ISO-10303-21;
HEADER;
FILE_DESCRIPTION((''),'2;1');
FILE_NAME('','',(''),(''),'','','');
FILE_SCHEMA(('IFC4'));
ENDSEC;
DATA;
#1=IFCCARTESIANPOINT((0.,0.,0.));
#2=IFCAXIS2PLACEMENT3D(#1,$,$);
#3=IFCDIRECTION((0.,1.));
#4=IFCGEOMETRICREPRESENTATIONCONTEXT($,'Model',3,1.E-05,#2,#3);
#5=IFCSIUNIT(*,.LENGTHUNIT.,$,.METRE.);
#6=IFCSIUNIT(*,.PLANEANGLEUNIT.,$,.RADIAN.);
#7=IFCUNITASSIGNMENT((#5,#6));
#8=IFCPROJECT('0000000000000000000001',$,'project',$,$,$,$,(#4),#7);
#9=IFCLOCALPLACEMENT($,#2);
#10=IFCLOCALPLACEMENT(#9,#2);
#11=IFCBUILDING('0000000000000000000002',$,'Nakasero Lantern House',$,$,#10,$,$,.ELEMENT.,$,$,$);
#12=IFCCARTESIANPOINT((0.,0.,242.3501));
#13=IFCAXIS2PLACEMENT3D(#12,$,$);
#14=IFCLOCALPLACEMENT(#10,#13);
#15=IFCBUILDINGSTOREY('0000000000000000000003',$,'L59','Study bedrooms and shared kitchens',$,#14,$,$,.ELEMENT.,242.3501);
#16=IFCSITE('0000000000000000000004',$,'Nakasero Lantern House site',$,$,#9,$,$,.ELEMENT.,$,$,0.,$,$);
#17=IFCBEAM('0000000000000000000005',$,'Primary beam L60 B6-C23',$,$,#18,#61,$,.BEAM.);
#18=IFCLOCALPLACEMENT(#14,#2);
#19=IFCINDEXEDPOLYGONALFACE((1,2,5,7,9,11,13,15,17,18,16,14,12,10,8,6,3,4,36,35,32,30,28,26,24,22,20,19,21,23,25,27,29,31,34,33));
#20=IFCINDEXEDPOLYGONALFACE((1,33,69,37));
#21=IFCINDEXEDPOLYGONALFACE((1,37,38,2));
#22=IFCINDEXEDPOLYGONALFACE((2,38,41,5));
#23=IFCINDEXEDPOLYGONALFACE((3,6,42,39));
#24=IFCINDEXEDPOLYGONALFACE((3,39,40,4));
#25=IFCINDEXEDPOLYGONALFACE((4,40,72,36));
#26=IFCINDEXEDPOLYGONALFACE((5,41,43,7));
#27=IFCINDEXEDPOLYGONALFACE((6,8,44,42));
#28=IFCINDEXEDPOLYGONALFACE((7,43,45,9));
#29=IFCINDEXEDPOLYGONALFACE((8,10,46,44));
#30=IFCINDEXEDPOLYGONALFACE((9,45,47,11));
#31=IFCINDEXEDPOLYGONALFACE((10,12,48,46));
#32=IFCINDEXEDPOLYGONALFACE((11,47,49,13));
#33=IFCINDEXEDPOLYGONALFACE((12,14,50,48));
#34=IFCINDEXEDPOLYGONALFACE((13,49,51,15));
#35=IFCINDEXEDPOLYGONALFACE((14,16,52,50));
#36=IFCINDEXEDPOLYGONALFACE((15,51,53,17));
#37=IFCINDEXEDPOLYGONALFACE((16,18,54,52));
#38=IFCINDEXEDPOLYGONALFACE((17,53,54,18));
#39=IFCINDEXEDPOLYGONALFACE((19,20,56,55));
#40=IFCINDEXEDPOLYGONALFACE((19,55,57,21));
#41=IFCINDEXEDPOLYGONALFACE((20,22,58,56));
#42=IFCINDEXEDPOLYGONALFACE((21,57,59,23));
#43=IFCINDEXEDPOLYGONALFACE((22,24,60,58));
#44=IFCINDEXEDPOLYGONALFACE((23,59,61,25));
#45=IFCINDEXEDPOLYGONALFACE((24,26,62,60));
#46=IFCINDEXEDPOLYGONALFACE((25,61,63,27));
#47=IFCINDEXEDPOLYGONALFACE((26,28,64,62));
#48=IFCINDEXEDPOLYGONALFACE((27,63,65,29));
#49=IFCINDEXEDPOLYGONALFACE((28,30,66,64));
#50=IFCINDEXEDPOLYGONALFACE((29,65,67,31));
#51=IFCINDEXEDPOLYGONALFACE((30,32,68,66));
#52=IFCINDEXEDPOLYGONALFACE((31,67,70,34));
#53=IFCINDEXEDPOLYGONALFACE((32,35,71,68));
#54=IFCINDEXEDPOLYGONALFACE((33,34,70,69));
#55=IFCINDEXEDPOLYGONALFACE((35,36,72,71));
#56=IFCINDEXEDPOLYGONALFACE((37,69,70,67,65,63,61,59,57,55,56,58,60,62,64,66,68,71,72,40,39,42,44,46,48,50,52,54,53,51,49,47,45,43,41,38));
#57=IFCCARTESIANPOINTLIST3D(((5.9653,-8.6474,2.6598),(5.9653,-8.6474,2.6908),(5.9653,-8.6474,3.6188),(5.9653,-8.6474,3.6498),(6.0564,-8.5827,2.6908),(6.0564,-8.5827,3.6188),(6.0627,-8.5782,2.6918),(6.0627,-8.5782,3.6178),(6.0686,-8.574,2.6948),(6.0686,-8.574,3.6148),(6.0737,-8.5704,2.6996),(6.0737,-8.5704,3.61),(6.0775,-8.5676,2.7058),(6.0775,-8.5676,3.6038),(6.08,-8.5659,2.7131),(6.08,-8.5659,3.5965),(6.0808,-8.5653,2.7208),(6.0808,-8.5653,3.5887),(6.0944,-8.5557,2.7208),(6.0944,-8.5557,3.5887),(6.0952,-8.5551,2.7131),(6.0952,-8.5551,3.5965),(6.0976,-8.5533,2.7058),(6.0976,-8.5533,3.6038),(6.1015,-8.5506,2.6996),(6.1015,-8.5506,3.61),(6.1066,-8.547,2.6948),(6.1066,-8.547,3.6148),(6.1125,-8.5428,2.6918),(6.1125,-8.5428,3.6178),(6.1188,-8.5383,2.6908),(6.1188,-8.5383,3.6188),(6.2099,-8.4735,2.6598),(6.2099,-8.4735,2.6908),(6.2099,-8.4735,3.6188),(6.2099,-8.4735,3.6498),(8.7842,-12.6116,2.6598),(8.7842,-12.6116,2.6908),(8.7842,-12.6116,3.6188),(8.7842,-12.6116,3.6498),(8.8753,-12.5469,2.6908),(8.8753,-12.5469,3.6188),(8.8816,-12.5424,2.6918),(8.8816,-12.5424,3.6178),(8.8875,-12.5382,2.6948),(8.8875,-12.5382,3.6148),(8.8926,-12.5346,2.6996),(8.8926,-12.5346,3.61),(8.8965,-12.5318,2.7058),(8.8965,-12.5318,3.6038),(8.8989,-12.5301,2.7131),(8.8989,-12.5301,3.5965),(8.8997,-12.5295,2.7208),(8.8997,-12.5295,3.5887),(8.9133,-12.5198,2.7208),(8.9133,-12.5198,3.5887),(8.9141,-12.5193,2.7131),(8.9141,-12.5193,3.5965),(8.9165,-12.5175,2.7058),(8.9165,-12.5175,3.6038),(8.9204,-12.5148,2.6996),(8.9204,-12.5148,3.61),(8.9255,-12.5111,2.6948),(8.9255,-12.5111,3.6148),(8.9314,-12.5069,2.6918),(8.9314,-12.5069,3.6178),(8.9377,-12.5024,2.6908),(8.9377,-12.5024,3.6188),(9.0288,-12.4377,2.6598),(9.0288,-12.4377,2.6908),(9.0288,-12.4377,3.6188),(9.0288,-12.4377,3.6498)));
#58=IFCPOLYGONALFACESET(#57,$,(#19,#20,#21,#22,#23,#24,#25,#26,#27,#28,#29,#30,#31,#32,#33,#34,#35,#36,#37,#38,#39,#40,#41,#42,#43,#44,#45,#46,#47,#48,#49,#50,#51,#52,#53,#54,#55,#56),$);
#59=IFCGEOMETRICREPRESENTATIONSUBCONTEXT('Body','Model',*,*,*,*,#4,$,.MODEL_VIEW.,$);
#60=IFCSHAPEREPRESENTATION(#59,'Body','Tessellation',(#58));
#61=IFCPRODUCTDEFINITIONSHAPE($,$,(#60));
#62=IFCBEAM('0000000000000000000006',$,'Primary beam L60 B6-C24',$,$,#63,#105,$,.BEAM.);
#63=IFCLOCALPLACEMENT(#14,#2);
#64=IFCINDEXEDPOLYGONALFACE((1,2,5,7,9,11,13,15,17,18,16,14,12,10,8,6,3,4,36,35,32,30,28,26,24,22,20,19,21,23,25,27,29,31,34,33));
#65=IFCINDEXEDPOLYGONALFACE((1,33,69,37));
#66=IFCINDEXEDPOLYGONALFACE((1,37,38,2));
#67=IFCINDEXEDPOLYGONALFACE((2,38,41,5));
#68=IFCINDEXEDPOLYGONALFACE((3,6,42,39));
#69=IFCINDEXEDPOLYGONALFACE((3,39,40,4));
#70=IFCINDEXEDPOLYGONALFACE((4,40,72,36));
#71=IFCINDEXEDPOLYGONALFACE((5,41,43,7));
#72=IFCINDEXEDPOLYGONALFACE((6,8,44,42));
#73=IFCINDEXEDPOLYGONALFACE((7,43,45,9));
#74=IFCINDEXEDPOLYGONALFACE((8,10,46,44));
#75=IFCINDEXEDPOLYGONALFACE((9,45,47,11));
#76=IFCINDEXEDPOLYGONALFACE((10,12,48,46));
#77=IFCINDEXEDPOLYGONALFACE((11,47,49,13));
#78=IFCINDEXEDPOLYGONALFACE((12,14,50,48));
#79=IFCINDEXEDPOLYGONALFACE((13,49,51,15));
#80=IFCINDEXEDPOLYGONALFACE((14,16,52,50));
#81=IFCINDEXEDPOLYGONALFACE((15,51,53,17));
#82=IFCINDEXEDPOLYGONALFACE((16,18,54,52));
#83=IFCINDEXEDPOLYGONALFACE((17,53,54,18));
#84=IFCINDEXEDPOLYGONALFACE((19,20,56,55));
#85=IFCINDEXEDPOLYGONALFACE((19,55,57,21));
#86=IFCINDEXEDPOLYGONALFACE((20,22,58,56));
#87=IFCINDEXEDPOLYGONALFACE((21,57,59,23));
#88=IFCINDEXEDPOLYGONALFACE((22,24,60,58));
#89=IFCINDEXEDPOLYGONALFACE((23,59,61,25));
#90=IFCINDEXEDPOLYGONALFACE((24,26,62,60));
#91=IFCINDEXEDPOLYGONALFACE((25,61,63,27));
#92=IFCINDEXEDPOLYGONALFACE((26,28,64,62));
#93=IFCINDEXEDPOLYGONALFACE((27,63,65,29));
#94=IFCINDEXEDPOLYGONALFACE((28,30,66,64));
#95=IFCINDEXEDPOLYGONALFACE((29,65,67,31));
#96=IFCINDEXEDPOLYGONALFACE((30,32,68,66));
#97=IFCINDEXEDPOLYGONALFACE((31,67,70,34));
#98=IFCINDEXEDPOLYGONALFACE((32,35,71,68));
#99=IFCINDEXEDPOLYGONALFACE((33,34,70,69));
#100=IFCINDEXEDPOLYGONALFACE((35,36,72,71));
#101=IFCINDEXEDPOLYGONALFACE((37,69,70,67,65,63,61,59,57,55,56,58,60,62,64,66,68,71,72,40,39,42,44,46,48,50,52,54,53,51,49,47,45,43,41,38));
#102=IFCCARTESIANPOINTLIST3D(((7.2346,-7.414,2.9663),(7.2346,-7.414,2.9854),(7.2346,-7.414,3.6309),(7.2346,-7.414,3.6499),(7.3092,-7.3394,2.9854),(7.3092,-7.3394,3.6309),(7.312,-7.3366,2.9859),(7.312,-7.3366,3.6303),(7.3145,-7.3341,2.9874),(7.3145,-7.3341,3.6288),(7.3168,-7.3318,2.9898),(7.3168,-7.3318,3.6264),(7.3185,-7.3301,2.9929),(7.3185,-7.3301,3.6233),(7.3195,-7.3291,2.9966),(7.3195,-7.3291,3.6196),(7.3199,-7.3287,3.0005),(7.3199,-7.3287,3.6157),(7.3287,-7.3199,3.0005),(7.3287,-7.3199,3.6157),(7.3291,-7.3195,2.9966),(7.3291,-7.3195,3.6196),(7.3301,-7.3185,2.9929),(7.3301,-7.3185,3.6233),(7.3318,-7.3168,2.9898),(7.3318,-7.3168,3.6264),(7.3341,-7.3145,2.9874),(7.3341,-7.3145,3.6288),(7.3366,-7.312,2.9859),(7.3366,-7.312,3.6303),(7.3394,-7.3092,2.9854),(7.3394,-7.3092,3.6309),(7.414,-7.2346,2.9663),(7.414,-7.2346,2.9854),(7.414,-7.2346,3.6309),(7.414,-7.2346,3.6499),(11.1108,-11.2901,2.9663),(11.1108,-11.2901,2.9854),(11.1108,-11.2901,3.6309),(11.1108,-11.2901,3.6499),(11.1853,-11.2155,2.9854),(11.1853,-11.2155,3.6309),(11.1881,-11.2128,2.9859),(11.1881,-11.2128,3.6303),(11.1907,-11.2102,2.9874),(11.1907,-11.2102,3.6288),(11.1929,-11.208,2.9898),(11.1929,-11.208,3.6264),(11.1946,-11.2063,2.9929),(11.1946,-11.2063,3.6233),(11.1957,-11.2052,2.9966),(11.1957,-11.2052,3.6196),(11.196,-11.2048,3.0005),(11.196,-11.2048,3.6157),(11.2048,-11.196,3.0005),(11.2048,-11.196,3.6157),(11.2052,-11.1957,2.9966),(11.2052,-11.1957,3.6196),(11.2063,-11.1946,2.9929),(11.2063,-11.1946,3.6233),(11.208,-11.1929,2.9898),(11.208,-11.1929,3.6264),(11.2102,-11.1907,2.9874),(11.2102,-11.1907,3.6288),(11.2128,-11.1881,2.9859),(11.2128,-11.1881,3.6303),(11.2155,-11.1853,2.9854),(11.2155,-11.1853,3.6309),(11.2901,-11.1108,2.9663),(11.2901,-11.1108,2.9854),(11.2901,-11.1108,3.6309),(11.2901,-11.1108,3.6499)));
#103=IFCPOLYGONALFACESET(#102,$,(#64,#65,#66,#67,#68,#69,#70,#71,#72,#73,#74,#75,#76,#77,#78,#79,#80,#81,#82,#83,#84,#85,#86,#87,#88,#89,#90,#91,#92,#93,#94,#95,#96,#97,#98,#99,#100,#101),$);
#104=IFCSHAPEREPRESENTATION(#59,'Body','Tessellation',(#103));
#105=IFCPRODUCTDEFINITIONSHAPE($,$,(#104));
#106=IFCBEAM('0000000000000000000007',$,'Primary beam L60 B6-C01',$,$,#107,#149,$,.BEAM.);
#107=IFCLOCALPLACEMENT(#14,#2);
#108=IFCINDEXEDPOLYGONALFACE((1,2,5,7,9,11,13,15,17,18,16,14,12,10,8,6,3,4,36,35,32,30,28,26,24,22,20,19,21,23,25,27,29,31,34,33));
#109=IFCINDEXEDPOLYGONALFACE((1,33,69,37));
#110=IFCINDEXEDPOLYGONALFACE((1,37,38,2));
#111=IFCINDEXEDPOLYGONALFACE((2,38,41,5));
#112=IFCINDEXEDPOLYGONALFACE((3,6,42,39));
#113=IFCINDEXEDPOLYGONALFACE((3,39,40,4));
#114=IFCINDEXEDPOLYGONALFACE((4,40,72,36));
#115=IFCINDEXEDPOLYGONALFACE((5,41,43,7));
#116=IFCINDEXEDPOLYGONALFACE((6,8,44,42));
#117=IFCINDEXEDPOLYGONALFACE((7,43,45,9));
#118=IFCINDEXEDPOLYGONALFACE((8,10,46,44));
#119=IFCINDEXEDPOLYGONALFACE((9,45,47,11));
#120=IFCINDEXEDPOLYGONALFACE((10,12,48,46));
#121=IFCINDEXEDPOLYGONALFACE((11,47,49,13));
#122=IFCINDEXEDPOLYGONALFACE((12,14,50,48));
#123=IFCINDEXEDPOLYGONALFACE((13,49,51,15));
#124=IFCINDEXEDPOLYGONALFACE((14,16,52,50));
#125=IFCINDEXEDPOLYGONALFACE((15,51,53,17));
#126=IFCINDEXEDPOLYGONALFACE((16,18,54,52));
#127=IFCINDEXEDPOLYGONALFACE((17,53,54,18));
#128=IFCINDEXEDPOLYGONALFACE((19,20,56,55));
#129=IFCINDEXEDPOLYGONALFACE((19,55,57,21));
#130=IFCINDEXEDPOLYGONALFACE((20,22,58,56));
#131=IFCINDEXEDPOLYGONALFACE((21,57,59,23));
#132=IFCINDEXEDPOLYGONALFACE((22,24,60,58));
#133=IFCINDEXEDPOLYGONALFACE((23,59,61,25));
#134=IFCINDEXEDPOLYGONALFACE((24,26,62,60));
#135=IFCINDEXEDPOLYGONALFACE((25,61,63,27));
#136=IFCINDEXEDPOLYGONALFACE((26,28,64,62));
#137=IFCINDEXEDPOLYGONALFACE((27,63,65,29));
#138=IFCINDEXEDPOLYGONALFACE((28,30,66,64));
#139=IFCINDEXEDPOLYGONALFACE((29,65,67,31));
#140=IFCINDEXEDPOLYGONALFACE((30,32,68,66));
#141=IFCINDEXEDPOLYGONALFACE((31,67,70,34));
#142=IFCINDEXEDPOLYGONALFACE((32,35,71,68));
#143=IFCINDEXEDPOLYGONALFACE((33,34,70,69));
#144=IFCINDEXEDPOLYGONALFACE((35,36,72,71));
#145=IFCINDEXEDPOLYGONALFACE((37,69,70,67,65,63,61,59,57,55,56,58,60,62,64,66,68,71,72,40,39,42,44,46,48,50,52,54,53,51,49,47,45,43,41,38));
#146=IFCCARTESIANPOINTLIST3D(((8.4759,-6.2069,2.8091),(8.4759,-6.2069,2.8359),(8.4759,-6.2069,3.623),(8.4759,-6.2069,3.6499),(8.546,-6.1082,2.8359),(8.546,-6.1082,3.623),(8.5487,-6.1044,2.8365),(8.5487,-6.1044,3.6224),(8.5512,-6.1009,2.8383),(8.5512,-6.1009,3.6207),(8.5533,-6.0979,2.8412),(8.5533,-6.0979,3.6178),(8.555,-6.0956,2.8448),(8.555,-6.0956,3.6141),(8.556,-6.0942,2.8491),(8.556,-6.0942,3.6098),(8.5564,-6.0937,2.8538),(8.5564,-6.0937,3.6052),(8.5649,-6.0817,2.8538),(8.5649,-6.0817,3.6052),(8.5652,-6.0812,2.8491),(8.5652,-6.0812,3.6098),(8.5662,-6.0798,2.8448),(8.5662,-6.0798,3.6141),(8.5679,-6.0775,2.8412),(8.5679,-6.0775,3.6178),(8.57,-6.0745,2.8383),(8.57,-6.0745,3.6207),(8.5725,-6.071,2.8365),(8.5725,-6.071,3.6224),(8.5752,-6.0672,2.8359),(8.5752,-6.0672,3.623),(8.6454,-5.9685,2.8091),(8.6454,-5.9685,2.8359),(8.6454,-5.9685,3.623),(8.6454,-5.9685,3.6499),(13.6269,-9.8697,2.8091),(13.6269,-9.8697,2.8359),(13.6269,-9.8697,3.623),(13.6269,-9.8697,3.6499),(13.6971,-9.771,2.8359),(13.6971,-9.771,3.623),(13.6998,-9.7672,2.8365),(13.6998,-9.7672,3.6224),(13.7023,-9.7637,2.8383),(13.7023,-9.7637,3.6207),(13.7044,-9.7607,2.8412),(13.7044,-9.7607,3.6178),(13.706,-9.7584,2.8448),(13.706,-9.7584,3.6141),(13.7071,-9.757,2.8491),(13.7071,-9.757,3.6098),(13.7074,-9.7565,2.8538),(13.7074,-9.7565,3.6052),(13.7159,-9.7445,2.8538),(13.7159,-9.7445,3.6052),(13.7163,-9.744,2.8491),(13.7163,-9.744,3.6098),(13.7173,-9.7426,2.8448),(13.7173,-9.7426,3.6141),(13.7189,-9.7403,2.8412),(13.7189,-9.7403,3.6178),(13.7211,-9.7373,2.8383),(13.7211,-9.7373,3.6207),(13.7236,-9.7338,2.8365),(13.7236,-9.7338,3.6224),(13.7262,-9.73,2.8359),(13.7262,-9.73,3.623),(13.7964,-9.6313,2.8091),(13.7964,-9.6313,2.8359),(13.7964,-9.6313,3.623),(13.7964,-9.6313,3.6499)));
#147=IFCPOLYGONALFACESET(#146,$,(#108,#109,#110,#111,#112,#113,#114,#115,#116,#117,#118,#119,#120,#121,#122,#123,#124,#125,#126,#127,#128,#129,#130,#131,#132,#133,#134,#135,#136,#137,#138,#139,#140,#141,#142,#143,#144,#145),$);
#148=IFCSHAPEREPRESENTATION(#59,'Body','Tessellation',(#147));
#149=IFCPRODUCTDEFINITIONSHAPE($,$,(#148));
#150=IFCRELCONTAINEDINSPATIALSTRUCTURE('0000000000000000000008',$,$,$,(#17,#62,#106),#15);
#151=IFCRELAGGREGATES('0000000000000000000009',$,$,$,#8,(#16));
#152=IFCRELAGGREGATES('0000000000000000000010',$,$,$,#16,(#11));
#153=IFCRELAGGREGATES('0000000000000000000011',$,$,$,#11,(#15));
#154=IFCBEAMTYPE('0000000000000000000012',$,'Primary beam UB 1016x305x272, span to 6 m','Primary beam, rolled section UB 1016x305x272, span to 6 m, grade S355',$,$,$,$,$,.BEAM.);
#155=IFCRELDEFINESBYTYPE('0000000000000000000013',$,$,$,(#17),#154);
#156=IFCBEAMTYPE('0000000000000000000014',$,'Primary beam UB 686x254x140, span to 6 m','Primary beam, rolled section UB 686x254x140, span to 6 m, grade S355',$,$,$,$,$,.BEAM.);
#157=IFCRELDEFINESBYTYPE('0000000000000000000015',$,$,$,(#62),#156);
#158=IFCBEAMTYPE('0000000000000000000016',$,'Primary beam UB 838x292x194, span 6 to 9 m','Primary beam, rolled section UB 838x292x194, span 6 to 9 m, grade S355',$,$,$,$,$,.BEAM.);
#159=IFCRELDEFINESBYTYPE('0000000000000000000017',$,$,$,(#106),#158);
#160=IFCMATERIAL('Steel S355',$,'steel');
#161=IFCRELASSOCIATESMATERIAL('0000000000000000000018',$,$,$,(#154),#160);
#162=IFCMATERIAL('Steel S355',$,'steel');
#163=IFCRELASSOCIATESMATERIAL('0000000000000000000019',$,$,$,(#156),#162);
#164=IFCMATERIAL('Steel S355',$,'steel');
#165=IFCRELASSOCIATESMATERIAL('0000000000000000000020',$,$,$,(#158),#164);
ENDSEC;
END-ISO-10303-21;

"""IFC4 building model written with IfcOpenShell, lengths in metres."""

from ifc_helpers import new_model, si_unit, direction, frame, origin, origin_2d, place, context, subcontext, project, spatial, i_section, extrude, material, material_profile, profile_set, type_object, element, save


model = new_model("IFC4")

# Units and contexts
model_context = context("Model", 3, precision=1e-05, world=origin(), true_north=direction((0.0, 1.0)))
body_context = subcontext(model_context, "Body", "Model", "MODEL_VIEW")
ifc_project = project(units=[si_unit("LENGTHUNIT", "METRE"), si_unit("PLANEANGLEUNIT", "RADIAN")], contexts=[model_context])

# Site, building, storey
site_placement = place(None, origin())
site = spatial("IfcSite", under=ifc_project, at=site_placement, Name="Nakasero Lantern House site", CompositionType="ELEMENT", RefElevation=0.0)
building_placement = place(site_placement, origin())
building = spatial("IfcBuilding", under=site, at=building_placement, Name="Nakasero Lantern House", CompositionType="ELEMENT")
storey_placement = place(building_placement, frame((0.0, 0.0, 242.3501)))
storey = spatial("IfcBuildingStorey", under=building, at=storey_placement, Name="L59", Description="Study bedrooms and shared kitchens", CompositionType="ELEMENT", Elevation=242.3501)

# Beams
ifc_material_1 = material(Name="Steel S355", Category="steel")
ifc_material_profile_1 = material_profile(ifc_material_1, i_section(OverallWidth=0.3, OverallDepth=0.99, WebThickness=0.0166, FlangeThickness=0.031, FilletRadius=0.03, at=origin_2d()), Name="UB 1016x305x272")
ifc_profile_set_1 = profile_set([ifc_material_profile_1], Name="Steel S355")
beam_type_1 = type_object("IfcBeamType", Name="Primary beam UB 1016x305x272, span to 6 m", Description="Primary beam, rolled section UB 1016x305x272, span to 6 m, grade S355", PredefinedType="BEAM", material=ifc_profile_set_1)
beam_1_placement = place(storey_placement, frame((8.9065, -12.5247, 3.1548), z_axis=(-0.579513, 0.814963, 0.0), x_axis=(-0.814963, -0.579513, 0.0)))
element("IfcBeam", 1, at=beam_1_placement, inside=storey, type_object=beam_type_1, Name="Primary beam L60 B6-C23", PredefinedType="BEAM", context=body_context, shape_type="SweptSolid", body=[
    extrude(i_section(OverallWidth=0.3, OverallDepth=0.99, WebThickness=0.0166, FlangeThickness=0.031, FilletRadius=0.03, at=origin_2d()), origin(), (0.0, 0.0, 1.0), 4.8643),
])
ifc_material_2 = material(Name="Steel S355", Category="steel")
ifc_material_profile_2 = material_profile(ifc_material_2, i_section(OverallWidth=0.2537, OverallDepth=0.6836, WebThickness=0.0125, FlangeThickness=0.019, FilletRadius=0.0151, at=origin_2d()), Name="UB 686x254x140")
ifc_profile_set_2 = profile_set([ifc_material_profile_2], Name="Steel S355")
beam_type_2 = type_object("IfcBeamType", Name="Primary beam UB 686x254x140, span to 6 m", Description="Primary beam, rolled section UB 686x254x140, span to 6 m, grade S355", PredefinedType="BEAM", material=ifc_profile_set_2)
beam_2_placement = place(storey_placement, frame((11.2004, -11.2004, 3.3081), z_axis=(-0.707107, 0.707107, 0.0), x_axis=(-0.707107, -0.707107, 0.0)))
element("IfcBeam", 2, at=beam_2_placement, inside=storey, type_object=beam_type_2, Name="Primary beam L60 B6-C24", PredefinedType="BEAM", context=body_context, shape_type="SweptSolid", body=[
    extrude(i_section(OverallWidth=0.2537, OverallDepth=0.6836, WebThickness=0.0125, FlangeThickness=0.019, FilletRadius=0.0151, at=origin_2d()), origin(), (0.0, 0.0, 1.0), 5.4817),
])
ifc_material_3 = material(Name="Steel S355", Category="steel")
ifc_material_profile_3 = material_profile(ifc_material_3, i_section(OverallWidth=0.2925, OverallDepth=0.8408, WebThickness=0.0146, FlangeThickness=0.0269, FilletRadius=0.0178, at=origin_2d()), Name="UB 838x292x194")
ifc_profile_set_3 = profile_set([ifc_material_profile_3], Name="Steel S355")
beam_type_3 = type_object("IfcBeamType", Name="Primary beam UB 838x292x194, span 6 to 9 m", Description="Primary beam, rolled section UB 838x292x194, span 6 to 9 m, grade S355", PredefinedType="BEAM", material=ifc_profile_set_3)
beam_3_placement = place(storey_placement, frame((13.7117, -9.7505, 3.2295), z_axis=(-0.814969, 0.579505, 0.0), x_axis=(-0.579505, -0.814969, 0.0)))
element("IfcBeam", 3, at=beam_3_placement, inside=storey, type_object=beam_type_3, Name="Primary beam L60 B6-C01", PredefinedType="BEAM", context=body_context, shape_type="SweptSolid", body=[
    extrude(i_section(OverallWidth=0.2925, OverallDepth=0.8408, WebThickness=0.0146, FlangeThickness=0.0269, FilletRadius=0.0178, at=origin_2d()), origin(), (0.0, 0.0, 1.0), 6.3206),
])

save(model, "model.ifc")
